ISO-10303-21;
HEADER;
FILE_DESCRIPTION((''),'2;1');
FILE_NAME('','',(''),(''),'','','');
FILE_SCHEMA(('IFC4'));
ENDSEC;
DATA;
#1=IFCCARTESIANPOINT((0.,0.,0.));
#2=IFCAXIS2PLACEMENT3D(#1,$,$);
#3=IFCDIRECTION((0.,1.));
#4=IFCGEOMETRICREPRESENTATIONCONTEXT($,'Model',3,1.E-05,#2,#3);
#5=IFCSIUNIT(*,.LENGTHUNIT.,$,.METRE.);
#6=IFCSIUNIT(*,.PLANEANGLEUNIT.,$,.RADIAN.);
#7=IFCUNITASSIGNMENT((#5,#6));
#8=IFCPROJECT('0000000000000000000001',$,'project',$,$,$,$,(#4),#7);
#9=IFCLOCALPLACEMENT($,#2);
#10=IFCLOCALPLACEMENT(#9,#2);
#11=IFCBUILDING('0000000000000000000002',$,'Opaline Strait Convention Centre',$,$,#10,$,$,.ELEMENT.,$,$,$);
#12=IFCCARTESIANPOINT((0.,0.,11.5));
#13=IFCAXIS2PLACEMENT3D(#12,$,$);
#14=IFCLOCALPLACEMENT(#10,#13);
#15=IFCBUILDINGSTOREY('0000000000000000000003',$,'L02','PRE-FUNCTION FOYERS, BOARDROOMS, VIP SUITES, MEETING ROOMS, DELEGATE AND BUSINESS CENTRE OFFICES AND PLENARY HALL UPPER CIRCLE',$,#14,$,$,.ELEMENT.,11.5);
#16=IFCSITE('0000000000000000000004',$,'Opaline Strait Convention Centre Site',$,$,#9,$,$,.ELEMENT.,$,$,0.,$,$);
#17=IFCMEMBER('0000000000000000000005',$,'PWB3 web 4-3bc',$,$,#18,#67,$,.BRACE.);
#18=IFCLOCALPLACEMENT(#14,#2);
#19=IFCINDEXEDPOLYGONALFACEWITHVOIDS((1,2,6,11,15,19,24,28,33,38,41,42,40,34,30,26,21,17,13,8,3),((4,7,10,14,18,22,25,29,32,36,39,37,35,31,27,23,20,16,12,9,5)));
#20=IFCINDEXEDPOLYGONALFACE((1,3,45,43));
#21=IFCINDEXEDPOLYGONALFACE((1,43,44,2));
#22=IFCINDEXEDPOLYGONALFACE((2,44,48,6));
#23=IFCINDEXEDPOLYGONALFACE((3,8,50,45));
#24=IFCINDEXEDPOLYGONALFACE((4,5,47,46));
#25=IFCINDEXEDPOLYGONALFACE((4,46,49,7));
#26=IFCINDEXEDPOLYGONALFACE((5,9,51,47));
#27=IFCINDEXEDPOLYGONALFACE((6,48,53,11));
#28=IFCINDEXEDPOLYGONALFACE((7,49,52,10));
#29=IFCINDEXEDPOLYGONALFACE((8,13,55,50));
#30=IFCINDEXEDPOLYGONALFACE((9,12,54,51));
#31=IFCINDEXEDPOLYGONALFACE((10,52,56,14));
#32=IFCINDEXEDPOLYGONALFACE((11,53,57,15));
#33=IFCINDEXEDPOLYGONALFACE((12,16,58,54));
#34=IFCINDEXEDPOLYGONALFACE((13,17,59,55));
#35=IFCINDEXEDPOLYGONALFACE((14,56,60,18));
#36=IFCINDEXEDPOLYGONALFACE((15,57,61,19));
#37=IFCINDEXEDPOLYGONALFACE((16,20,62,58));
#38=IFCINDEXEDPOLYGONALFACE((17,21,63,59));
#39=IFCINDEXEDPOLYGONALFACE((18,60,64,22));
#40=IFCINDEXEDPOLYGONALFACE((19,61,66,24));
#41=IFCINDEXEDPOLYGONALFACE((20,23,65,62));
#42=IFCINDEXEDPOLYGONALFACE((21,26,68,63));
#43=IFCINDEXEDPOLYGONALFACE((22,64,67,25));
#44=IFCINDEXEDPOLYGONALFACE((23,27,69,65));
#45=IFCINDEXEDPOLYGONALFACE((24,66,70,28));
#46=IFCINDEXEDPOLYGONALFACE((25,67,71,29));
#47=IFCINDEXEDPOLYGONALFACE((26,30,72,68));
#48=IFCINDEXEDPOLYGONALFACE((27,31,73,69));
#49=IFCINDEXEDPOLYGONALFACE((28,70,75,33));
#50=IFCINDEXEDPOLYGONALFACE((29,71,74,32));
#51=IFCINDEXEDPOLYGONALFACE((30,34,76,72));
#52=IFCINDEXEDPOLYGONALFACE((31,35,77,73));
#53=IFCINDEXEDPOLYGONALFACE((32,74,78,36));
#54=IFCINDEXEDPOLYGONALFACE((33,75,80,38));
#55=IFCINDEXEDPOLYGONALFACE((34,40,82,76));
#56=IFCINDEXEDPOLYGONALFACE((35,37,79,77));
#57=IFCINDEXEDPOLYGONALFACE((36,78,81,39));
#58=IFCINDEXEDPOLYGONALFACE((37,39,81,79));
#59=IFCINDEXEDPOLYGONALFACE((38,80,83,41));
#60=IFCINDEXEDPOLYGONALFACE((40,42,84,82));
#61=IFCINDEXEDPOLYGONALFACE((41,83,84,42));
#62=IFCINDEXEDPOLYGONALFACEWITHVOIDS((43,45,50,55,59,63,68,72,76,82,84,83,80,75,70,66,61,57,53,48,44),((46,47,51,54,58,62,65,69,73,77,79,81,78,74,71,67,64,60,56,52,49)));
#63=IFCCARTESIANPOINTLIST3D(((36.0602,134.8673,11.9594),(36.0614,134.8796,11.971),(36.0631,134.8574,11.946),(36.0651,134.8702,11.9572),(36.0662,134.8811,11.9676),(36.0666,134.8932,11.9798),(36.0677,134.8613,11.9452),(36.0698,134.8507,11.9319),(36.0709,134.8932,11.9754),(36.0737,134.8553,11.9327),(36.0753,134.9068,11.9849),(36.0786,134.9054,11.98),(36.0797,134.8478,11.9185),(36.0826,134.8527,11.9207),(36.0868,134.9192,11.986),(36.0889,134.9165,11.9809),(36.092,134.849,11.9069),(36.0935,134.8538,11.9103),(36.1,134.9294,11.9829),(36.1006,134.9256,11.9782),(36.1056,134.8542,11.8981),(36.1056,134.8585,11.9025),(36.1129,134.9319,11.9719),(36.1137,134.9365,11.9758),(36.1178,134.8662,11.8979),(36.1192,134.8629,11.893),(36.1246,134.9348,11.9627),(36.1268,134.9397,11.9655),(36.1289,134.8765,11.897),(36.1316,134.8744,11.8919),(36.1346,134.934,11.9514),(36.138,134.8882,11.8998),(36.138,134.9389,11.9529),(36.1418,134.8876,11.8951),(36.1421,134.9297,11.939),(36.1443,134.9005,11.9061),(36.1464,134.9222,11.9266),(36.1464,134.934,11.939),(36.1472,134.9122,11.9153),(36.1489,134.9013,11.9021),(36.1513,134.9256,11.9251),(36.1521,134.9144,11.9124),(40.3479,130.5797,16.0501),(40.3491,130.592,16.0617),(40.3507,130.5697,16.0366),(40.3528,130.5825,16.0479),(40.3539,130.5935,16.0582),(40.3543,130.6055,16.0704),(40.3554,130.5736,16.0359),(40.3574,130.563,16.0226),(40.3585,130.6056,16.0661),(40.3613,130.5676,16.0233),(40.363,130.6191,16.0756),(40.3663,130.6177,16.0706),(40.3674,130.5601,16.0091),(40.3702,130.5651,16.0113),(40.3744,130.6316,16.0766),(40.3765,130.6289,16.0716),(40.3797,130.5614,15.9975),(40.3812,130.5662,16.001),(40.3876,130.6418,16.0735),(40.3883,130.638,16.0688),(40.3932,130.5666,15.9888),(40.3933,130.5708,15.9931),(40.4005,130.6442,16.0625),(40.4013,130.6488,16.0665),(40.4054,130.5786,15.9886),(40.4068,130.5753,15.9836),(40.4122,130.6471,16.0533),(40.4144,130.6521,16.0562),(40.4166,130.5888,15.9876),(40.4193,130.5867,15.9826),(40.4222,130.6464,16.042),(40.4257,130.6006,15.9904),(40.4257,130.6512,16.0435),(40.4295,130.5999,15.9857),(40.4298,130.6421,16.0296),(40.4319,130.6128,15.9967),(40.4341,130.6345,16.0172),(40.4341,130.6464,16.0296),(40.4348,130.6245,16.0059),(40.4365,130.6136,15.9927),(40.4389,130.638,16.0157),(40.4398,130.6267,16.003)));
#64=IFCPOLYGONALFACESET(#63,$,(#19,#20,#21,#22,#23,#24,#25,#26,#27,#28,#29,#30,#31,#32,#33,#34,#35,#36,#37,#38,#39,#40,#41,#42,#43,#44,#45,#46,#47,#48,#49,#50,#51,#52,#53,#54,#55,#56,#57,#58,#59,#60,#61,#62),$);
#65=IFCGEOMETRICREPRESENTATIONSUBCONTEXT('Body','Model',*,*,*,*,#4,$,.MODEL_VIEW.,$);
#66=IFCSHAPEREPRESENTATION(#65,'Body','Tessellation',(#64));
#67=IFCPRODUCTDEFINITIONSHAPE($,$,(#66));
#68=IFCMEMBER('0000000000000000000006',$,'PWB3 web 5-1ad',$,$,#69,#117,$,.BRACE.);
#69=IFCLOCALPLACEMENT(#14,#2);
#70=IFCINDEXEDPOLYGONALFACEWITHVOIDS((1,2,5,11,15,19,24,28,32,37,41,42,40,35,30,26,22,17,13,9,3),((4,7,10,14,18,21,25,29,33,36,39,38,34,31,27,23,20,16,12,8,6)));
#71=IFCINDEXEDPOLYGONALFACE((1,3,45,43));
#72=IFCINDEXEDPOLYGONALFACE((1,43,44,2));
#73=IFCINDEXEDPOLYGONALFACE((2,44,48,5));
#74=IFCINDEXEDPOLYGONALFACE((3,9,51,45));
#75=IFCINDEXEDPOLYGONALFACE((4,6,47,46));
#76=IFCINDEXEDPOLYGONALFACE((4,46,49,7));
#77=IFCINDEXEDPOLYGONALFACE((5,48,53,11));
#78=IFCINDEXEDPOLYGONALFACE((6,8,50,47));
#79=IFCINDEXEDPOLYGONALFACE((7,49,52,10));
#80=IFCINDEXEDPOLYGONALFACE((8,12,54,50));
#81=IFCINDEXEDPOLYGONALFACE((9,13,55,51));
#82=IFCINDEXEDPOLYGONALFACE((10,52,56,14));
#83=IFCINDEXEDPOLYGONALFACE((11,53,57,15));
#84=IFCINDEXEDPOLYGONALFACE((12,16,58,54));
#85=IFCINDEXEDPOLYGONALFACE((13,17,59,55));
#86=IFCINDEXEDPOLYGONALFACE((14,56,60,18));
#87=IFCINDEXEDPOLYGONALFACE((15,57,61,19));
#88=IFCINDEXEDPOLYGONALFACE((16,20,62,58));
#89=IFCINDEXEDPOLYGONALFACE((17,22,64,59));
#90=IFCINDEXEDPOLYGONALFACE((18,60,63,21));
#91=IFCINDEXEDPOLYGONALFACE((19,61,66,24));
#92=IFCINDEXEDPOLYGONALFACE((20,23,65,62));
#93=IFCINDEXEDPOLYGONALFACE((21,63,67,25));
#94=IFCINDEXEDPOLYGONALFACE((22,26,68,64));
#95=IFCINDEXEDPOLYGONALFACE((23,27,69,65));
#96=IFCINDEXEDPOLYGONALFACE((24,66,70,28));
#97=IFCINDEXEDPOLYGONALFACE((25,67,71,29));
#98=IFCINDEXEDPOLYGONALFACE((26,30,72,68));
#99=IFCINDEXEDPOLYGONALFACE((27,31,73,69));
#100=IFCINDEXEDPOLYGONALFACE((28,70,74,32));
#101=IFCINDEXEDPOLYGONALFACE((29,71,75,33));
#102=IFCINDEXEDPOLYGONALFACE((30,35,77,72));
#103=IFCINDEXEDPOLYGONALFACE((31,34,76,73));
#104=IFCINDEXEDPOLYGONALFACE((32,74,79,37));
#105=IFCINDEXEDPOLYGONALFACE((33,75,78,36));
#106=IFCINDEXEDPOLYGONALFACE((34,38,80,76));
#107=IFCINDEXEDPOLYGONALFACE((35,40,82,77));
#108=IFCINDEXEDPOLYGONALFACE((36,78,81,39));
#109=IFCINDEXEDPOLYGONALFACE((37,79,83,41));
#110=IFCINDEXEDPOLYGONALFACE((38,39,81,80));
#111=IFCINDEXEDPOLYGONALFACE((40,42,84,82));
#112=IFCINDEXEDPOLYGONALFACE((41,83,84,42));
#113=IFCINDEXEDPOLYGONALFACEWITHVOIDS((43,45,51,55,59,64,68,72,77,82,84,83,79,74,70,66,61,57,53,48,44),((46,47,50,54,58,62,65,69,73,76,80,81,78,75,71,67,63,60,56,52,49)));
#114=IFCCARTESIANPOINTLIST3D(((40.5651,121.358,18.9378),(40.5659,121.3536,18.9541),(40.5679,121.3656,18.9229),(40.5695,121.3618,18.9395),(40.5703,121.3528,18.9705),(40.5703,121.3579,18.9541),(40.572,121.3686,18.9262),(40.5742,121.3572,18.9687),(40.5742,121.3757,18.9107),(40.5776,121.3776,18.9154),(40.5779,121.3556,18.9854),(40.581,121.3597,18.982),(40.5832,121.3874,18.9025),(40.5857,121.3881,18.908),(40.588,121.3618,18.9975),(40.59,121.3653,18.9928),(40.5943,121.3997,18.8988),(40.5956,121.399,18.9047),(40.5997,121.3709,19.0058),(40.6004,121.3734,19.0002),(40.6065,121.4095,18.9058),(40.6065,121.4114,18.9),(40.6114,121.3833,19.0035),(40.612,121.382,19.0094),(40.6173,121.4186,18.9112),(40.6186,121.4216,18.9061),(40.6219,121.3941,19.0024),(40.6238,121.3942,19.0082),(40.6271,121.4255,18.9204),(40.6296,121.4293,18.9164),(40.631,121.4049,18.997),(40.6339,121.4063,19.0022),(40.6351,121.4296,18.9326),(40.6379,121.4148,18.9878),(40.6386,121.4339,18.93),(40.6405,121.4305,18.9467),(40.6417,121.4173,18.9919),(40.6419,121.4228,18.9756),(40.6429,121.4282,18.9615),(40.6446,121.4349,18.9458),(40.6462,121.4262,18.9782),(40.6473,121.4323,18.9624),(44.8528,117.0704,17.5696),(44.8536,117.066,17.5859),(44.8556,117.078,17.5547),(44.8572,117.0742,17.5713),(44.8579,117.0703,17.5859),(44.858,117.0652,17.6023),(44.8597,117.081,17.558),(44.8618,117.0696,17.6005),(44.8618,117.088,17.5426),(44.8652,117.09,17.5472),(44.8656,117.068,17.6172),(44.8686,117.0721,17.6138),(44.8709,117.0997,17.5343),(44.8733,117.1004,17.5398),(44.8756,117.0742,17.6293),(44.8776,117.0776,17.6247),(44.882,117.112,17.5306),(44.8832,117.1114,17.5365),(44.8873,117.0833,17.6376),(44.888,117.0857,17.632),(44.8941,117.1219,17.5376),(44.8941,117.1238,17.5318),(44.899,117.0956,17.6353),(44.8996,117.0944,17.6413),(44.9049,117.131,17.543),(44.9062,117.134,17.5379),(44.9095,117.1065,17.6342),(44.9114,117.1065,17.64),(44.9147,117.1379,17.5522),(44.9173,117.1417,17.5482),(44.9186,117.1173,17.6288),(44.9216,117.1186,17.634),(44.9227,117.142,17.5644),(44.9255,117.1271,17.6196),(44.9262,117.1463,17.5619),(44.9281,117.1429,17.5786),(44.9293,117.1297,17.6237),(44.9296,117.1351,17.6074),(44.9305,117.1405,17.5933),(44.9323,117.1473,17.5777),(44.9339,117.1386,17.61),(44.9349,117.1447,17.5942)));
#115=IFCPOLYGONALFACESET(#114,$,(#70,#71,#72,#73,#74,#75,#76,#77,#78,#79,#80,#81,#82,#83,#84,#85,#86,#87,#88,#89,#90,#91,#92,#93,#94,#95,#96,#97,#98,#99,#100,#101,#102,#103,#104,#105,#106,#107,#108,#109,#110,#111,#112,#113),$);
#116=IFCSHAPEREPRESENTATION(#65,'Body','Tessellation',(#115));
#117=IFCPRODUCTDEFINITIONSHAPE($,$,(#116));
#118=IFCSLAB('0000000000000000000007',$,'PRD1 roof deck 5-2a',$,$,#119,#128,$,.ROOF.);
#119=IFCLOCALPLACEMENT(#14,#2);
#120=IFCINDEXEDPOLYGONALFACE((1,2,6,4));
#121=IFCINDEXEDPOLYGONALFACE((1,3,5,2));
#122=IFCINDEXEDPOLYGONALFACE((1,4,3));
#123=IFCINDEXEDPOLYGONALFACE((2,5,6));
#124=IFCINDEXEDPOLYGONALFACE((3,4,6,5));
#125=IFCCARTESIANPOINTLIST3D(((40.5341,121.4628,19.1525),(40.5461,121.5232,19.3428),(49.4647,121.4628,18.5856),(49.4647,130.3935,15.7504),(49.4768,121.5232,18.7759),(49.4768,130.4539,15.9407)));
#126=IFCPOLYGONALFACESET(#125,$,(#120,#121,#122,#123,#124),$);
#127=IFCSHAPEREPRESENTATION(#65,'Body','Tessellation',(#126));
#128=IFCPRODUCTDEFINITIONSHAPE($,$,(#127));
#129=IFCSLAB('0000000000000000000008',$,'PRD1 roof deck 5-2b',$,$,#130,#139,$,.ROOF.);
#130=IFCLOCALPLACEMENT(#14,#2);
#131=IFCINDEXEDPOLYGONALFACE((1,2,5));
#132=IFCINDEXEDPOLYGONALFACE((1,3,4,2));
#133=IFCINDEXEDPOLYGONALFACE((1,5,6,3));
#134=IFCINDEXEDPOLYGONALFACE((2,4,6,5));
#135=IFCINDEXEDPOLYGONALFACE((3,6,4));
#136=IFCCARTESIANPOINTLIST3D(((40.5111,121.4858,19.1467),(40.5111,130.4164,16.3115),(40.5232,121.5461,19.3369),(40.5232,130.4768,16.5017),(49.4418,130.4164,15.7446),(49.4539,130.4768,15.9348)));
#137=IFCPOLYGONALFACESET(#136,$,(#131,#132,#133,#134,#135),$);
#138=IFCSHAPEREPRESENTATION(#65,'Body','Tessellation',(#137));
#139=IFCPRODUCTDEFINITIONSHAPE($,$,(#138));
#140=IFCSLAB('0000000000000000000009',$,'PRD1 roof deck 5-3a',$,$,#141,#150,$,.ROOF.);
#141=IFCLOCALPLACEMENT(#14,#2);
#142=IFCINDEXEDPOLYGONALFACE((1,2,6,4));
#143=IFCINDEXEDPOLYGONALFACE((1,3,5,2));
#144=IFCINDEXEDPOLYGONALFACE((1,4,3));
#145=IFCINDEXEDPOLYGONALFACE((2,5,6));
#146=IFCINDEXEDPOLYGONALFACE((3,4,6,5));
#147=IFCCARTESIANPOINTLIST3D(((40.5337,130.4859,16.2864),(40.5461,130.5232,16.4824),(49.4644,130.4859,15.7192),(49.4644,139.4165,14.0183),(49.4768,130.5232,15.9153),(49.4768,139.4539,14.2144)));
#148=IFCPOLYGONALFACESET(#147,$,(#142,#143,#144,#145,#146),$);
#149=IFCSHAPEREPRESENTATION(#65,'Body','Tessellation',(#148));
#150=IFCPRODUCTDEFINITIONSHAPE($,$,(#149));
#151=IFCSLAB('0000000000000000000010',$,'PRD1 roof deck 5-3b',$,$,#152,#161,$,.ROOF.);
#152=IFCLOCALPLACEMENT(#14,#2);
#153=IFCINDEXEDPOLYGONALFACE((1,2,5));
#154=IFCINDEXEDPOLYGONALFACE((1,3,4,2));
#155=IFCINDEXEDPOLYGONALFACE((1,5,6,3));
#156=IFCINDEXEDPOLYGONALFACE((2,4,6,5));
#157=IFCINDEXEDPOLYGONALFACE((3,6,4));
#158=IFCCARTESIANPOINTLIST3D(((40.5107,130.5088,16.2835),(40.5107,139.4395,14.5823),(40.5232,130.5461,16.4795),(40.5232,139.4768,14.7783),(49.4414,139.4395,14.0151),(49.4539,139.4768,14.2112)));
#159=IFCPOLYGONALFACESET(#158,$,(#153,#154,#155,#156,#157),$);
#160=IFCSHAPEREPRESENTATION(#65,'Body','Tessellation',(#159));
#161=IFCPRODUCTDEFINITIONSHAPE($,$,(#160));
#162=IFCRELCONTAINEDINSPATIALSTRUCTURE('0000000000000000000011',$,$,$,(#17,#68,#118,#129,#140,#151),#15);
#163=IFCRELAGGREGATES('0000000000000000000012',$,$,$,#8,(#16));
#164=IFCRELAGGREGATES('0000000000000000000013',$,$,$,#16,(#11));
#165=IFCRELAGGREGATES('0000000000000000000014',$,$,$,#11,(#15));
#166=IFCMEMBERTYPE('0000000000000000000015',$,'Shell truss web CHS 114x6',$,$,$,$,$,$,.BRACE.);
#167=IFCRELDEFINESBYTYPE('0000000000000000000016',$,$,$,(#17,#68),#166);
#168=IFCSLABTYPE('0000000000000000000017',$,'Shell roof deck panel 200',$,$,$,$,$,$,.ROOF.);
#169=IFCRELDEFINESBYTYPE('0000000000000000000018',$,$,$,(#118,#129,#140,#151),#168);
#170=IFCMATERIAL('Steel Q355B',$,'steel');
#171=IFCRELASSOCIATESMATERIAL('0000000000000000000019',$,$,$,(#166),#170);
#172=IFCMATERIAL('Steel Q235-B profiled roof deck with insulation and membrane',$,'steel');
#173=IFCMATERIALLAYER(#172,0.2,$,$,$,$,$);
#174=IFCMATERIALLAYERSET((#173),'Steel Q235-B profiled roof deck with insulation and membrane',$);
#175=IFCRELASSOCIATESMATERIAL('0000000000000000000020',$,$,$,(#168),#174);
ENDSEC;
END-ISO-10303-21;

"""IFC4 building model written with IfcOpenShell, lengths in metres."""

from ifc_helpers import new_model, si_unit, direction, frame, origin, origin_2d, place, context, subcontext, project, spatial, polyline, hollow_circle, outline, extrude, material, layer, layer_set, material_profile, profile_set, type_object, element, save


model = new_model("IFC4")

# Units and contexts
model_context = context("Model", 3, precision=1e-05, world=origin(), true_north=direction((0.0, 1.0)))
body_context = subcontext(model_context, "Body", "Model", "MODEL_VIEW")
ifc_project = project(units=[si_unit("LENGTHUNIT", "METRE"), si_unit("PLANEANGLEUNIT", "RADIAN")], contexts=[model_context])

# Site, building, storey
site_placement = place(None, origin())
site = spatial("IfcSite", under=ifc_project, at=site_placement, Name="Opaline Strait Convention Centre Site", CompositionType="ELEMENT", RefElevation=0.0)
building_placement = place(site_placement, origin())
building = spatial("IfcBuilding", under=site, at=building_placement, Name="Opaline Strait Convention Centre", CompositionType="ELEMENT")
storey_placement = place(building_placement, frame((0.0, 0.0, 11.5)))
storey = spatial("IfcBuildingStorey", under=building, at=storey_placement, Name="L02", Description="PRE-FUNCTION FOYERS, BOARDROOMS, VIP SUITES, MEETING ROOMS, DELEGATE AND BUSINESS CENTRE OFFICES AND PLENARY HALL UPPER CIRCLE", CompositionType="ELEMENT", Elevation=11.5)

# Members
ifc_material_1 = material(Name="Steel Q355B", Category="steel")
ifc_material_profile_1 = material_profile(ifc_material_1, hollow_circle(Radius=0.0569, WallThickness=0.0061, at=origin_2d()), Name="CHS 114x6")
ifc_profile_set_1 = profile_set([ifc_material_profile_1], Name="Steel Q355B")
member_type_1 = type_object("IfcMemberType", Name="Shell truss web CHS 114x6", PredefinedType="BRACE", material=ifc_profile_set_1)
member_1_placement = place(storey_placement, frame((36.1062, 134.8938, 11.939), z_axis=(0.586189, -0.586189, 0.559253), x_axis=(0.707107, 0.707107, 0.0)))
element("IfcMember", 1, at=member_1_placement, inside=storey, type_object=member_type_1, Name="PWB3 web 4-3bc", PredefinedType="BRACE", context=body_context, shape_type="SweptSolid", body=[
    extrude(hollow_circle(Radius=0.0569, WallThickness=0.0061, at=origin_2d()), origin(), (0.0, 0.0, 1.0), 7.3145),
])
member_2_placement = place(storey_placement, frame((44.8938, 117.1062, 17.5859), z_axis=(-0.689766, 0.689766, 0.220103), x_axis=(-0.707107, -0.707107, 0.0)))
element("IfcMember", 2, at=member_2_placement, inside=storey, type_object=member_type_1, Name="PWB3 web 5-1ad", PredefinedType="BRACE", context=body_context, shape_type="SweptSolid", body=[
    extrude(hollow_circle(Radius=0.0569, WallThickness=0.0061, at=origin_2d()), origin(), (0.0, 0.0, 1.0), 6.2161),
])

# Slabs
ifc_material_2 = material(Name="Steel Q235-B profiled roof deck with insulation and membrane", Category="steel")
ifc_layer = layer(ifc_material_2, 0.2)
ifc_layer_set = layer_set([ifc_layer], Name="Steel Q235-B profiled roof deck with insulation and membrane")
slab_type = type_object("IfcSlabType", Name="Shell roof deck panel 200", PredefinedType="ROOF", material=ifc_layer_set)
slab_1_placement = place(storey_placement, frame((40.5461, 121.5232, 19.3428), z_axis=(0.060391, 0.302034, 0.951382), x_axis=(0.997991, 0.0, -0.06335)))
element("IfcSlab", 3, at=slab_1_placement, inside=storey, type_object=slab_type, Name="PRD1 roof deck 5-2a", PredefinedType="ROOF", context=body_context, shape_type="SweptSolid", body=[
    extrude(outline(polyline([(0.0, 0.0), (8.9486, 0.0), (9.1282, 9.3682), (0.0, 0.0)])), origin(), (0.0, 0.0, -1.0), 0.2),
])
slab_2_placement = place(storey_placement, frame((40.5232, 121.5461, 19.3369), z_axis=(0.060391, 0.302034, 0.951382), x_axis=(0.68277, 0.68277, -0.260098)))
element("IfcSlab", 4, at=slab_2_placement, inside=storey, type_object=slab_type, Name="PRD1 roof deck 5-2b", PredefinedType="ROOF", context=body_context, shape_type="SweptSolid", body=[
    extrude(outline(polyline([(0.0, 0.0), (13.0801, 0.0), (6.835, 6.4092), (0.0, 0.0)])), origin(), (0.0, 0.0, -1.0), 0.2),
])
slab_3_placement = place(storey_placement, frame((40.5461, 130.5232, 16.4824), z_axis=(0.062262, 0.186733, 0.980436), x_axis=(0.99799, 0.0, -0.063377)))
element("IfcSlab", 5, at=slab_3_placement, inside=storey, type_object=slab_type, Name="PRD1 roof deck 5-3a", PredefinedType="ROOF", context=body_context, shape_type="SweptSolid", body=[
    extrude(outline(polyline([(0.0, 0.0), (8.9487, 0.0), (9.0565, 9.0906), (0.0, 0.0)])), origin(), (0.0, 0.0, -1.0), 0.2),
])
slab_4_placement = place(storey_placement, frame((40.5232, 130.5461, 16.4795), z_axis=(0.062262, 0.186759, 0.980431), x_axis=(0.695971, 0.695971, -0.176771)))
element("IfcSlab", 6, at=slab_4_placement, inside=storey, type_object=slab_type, Name="PRD1 roof deck 5-3b", PredefinedType="ROOF", context=body_context, shape_type="SweptSolid", body=[
    extrude(outline(polyline([(0.0, 0.0), (12.8319, 0.0), (6.5162, 6.3395), (0.0, 0.0)])), origin(), (0.0, 0.0, -1.0), 0.2),
])

save(model, "model.ifc")
